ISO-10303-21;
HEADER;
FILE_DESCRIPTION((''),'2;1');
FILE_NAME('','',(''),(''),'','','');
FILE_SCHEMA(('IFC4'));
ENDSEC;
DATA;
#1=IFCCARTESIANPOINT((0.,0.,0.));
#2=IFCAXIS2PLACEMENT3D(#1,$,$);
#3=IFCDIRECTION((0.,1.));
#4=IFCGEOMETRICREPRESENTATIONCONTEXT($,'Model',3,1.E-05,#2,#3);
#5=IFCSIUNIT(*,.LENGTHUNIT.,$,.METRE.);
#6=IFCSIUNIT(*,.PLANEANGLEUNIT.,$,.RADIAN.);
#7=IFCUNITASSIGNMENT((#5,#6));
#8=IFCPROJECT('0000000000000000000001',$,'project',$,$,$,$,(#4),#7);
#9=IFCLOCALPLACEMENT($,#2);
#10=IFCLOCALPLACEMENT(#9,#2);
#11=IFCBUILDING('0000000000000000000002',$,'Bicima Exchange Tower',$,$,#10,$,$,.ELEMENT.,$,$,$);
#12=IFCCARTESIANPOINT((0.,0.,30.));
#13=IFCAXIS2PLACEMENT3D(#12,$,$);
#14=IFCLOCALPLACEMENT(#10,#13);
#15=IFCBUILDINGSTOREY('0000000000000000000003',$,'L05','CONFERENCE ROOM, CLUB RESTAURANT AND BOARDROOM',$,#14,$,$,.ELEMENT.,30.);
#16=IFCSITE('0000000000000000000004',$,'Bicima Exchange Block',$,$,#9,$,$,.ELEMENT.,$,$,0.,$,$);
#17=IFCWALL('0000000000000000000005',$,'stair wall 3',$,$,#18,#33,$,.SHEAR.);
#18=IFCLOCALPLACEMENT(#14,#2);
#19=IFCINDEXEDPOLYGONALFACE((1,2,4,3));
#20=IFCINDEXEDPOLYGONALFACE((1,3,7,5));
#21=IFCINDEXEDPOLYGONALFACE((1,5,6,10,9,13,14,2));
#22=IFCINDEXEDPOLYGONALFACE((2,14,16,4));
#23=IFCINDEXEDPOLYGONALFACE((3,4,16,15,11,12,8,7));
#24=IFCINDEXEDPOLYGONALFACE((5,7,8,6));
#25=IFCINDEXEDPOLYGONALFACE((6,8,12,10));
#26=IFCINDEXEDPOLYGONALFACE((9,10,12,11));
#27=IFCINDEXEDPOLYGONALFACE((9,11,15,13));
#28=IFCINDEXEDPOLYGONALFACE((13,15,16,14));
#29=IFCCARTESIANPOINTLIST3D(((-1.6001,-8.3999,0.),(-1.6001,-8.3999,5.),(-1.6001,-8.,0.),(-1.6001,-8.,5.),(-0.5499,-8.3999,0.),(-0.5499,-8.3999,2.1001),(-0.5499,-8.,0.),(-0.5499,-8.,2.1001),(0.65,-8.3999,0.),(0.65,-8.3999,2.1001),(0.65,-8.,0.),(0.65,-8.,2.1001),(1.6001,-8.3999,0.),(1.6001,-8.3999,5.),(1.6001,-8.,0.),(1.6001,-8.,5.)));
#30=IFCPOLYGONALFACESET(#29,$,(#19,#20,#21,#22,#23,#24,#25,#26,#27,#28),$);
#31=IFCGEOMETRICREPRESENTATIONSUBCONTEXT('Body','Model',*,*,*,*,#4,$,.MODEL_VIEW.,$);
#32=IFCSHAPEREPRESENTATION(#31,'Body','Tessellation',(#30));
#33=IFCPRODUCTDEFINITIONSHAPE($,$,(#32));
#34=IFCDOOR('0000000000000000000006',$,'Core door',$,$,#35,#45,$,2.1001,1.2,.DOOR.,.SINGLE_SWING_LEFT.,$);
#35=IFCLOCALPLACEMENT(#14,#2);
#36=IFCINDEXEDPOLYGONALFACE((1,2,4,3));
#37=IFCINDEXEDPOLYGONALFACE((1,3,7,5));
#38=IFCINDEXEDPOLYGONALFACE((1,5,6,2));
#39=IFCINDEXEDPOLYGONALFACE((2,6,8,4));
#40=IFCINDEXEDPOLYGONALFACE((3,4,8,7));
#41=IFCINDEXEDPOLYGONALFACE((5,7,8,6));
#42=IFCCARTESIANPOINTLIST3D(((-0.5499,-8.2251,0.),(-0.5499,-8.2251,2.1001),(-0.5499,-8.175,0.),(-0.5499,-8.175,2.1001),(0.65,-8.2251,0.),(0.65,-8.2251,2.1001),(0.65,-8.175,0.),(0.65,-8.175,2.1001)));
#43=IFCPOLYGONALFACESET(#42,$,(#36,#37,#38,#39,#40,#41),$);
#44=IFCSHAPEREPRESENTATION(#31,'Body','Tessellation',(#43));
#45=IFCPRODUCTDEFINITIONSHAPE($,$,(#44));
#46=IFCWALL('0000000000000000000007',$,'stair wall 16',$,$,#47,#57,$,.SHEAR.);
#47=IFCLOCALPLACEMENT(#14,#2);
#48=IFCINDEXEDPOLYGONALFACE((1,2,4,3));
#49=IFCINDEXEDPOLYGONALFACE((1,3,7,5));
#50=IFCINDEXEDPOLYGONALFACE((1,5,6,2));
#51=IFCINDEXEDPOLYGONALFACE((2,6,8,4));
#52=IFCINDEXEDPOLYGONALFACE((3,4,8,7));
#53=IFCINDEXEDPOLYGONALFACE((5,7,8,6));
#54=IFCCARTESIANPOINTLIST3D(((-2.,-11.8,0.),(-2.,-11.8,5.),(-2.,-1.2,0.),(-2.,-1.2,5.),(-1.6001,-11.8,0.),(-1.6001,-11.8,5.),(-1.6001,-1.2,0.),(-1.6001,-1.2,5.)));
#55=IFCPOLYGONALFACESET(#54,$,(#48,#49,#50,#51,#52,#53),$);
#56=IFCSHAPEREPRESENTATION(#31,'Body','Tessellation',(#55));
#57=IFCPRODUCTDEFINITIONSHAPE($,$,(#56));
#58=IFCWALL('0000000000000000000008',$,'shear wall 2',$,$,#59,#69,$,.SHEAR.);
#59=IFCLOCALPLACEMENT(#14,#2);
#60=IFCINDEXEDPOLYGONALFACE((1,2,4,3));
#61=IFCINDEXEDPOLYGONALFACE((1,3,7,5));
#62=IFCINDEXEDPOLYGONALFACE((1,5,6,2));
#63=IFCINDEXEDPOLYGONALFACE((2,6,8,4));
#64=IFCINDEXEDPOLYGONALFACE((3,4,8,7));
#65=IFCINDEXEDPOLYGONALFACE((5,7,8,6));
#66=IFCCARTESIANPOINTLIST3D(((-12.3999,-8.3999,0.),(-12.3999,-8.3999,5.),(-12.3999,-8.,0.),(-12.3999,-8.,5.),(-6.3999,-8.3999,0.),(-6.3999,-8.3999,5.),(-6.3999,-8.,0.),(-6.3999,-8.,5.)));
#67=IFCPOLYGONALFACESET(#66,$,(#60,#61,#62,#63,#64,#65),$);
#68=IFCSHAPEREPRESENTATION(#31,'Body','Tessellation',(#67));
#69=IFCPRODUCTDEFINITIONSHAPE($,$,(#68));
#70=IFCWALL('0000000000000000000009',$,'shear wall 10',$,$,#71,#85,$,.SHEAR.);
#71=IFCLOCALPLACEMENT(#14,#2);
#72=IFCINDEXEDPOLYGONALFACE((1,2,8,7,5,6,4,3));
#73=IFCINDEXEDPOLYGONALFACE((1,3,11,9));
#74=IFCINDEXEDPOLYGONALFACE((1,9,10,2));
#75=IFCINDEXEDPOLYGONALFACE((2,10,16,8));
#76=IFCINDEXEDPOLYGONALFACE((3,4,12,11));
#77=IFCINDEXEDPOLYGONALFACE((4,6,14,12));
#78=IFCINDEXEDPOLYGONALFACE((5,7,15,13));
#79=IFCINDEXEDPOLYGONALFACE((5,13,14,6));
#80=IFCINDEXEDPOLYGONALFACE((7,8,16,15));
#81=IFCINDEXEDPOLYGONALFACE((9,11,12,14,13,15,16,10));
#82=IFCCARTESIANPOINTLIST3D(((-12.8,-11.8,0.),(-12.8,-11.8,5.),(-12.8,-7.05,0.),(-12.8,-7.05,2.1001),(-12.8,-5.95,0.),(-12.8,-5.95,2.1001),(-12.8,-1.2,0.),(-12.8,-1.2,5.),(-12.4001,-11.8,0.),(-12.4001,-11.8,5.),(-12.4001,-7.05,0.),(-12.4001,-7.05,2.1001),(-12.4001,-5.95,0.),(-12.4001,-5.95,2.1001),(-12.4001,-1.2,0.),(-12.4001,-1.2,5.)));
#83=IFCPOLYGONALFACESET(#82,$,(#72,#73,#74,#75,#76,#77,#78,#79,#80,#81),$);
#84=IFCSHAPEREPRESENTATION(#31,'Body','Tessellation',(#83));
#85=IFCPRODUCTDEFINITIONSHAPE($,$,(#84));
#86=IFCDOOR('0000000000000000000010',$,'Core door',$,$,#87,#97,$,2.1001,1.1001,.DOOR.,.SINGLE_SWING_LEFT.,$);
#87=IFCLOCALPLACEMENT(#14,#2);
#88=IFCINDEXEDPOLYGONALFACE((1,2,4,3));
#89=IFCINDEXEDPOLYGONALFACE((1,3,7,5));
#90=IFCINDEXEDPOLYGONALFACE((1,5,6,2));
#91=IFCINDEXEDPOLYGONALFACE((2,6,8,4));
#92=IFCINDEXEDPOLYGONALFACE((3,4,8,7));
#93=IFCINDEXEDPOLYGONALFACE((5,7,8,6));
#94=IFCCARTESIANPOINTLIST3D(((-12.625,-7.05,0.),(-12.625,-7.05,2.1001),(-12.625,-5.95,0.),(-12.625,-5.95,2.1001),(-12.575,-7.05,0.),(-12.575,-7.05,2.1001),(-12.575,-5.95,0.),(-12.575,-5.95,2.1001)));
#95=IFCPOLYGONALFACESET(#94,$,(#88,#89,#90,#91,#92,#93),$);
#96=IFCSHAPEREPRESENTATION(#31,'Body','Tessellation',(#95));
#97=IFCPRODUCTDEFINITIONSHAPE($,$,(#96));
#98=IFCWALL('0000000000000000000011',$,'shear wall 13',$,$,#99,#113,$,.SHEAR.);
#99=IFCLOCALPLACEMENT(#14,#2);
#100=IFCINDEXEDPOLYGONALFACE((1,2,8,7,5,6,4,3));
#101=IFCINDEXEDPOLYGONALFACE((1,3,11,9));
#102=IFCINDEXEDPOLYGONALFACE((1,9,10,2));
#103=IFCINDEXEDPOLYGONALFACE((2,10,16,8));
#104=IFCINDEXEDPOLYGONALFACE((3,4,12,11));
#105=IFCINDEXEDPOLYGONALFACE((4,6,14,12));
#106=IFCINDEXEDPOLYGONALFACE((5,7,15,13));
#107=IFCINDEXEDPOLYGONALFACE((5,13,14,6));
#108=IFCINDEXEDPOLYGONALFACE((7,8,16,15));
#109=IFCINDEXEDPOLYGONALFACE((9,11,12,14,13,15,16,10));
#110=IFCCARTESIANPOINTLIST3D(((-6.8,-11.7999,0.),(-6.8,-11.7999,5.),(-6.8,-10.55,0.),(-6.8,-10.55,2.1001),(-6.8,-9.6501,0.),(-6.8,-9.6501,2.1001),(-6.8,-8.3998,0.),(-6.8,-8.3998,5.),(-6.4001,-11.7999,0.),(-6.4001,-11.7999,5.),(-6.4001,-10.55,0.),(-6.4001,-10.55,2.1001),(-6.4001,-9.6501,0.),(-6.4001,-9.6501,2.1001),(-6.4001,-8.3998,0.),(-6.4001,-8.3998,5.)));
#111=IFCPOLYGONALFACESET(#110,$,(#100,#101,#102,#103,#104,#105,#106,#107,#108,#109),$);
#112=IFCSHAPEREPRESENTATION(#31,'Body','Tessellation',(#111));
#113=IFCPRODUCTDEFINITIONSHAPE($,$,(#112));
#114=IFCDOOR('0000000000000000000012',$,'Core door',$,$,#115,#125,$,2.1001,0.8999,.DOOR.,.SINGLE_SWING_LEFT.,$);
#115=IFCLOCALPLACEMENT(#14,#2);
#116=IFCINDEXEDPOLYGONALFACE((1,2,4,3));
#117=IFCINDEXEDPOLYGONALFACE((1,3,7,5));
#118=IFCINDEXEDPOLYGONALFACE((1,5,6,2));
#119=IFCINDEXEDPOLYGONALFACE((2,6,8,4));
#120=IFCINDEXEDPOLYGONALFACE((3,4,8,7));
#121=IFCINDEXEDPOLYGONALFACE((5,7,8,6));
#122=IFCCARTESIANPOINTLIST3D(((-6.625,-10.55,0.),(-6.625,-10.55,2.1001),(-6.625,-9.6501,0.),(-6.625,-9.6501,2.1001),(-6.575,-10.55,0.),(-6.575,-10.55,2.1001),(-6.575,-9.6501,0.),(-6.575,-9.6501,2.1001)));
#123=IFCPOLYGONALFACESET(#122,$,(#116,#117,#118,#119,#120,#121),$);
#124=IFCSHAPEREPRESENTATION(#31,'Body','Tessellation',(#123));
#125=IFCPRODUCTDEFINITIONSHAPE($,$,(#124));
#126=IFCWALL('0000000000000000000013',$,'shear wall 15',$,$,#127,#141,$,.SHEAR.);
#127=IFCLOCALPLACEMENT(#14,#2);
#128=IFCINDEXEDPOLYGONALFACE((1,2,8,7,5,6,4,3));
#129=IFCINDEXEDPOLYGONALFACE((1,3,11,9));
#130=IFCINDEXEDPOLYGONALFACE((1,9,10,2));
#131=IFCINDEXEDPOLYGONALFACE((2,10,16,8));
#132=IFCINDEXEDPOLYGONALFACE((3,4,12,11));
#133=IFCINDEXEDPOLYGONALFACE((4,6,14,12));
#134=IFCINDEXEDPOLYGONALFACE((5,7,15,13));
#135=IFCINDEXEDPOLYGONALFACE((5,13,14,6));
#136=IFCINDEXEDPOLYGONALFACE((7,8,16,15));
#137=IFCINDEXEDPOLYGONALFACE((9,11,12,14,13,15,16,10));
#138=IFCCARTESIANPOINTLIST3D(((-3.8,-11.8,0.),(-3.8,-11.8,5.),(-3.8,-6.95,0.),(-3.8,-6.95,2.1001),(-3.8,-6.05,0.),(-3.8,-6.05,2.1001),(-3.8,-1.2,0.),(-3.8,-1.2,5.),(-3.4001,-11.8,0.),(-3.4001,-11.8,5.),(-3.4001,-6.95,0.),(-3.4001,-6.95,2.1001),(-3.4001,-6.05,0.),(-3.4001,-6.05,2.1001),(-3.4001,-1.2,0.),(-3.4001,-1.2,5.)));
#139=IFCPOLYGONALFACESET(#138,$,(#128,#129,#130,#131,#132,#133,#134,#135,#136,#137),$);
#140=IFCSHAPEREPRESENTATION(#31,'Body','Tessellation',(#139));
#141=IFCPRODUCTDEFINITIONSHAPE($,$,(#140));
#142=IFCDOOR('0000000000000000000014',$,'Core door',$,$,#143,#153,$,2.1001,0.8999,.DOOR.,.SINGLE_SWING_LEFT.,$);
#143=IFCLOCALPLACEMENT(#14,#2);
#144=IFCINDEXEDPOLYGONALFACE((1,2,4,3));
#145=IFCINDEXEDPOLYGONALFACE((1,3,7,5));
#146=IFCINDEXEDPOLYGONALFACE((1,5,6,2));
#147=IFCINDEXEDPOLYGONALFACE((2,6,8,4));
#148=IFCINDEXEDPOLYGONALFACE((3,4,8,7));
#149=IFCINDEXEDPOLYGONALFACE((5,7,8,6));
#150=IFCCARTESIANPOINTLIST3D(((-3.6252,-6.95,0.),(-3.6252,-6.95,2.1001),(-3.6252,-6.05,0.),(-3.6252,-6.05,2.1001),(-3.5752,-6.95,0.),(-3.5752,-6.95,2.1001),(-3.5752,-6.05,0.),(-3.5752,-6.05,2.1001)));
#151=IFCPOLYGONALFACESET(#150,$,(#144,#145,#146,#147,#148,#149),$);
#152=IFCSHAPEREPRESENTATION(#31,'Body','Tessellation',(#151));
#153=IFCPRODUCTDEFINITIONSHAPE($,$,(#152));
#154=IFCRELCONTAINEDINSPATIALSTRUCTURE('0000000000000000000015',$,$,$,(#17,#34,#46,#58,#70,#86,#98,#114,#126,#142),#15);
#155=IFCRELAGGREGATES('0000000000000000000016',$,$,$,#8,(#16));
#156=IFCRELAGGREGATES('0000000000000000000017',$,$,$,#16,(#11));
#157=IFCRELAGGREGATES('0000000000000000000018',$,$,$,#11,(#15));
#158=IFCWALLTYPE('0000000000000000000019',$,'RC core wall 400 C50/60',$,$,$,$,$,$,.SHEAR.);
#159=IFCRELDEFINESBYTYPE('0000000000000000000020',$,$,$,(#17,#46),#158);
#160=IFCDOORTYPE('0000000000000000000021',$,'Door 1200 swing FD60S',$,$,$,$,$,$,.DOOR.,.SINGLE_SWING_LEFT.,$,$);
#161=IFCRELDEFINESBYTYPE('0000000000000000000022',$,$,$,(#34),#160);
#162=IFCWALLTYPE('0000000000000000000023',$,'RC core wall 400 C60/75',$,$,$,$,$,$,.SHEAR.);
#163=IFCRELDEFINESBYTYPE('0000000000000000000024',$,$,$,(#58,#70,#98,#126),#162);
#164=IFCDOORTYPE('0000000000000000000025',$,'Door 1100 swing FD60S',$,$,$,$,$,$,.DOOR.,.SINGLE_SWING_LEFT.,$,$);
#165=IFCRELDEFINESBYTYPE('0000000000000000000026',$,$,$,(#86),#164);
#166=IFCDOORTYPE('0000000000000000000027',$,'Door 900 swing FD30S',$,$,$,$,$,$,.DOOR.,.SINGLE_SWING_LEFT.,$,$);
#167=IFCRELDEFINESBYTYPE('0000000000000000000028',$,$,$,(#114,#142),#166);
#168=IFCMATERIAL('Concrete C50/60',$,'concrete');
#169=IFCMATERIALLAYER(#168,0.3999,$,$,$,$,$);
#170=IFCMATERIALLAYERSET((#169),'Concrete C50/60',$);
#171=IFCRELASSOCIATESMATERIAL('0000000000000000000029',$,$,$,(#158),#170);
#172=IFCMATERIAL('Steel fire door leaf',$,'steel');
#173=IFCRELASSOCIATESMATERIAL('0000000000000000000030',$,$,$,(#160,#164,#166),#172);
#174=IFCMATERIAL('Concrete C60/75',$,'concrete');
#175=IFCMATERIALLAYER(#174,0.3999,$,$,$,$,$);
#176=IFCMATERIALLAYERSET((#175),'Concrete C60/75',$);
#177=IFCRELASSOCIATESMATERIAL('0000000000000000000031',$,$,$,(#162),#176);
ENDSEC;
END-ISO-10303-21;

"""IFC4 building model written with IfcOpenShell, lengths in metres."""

from ifc_helpers import new_model, si_unit, direction, frame, frame_2d, origin, place, context, subcontext, project, spatial, rectangle, extrude, material, layer, layer_set, type_object, element, fill, save


model = new_model("IFC4")

# Units and contexts
model_context = context("Model", 3, precision=1e-05, world=origin(), true_north=direction((0.0, 1.0)))
body_context = subcontext(model_context, "Body", "Model", "MODEL_VIEW")
ifc_project = project(units=[si_unit("LENGTHUNIT", "METRE"), si_unit("PLANEANGLEUNIT", "RADIAN")], contexts=[model_context])

# Site, building, storey
site_placement = place(None, origin())
site = spatial("IfcSite", under=ifc_project, at=site_placement, Name="Bicima Exchange Block", CompositionType="ELEMENT", RefElevation=0.0)
building_placement = place(site_placement, origin())
building = spatial("IfcBuilding", under=site, at=building_placement, Name="Bicima Exchange Tower", CompositionType="ELEMENT")
storey_placement = place(building_placement, frame((0.0, 0.0, 30.0)))
storey = spatial("IfcBuildingStorey", under=building, at=storey_placement, Name="L05", Description="CONFERENCE ROOM, CLUB RESTAURANT AND BOARDROOM", CompositionType="ELEMENT", Elevation=30.0)

# Shared definitions
ifc_material_1 = material(Name="Concrete C60/75", Category="concrete")

# Wall, opening, door
ifc_material_2 = material(Name="Concrete C50/60", Category="concrete")
ifc_layer_1 = layer(ifc_material_2, 0.3999)
ifc_layer_set_1 = layer_set([ifc_layer_1], Name="Concrete C50/60")
wall_type_1 = type_object("IfcWallType", Name="RC core wall 400 C50/60", PredefinedType="SHEAR", material=ifc_layer_set_1)
wall_1_placement = place(storey_placement, frame((-1.6001, -8.2, 0.0), z_axis=(0.0, 0.0, 1.0), x_axis=(1.0, 0.0, 0.0)))
wall_1 = element("IfcWall", 1, at=wall_1_placement, inside=storey, type_object=wall_type_1, Name="stair wall 3", PredefinedType="SHEAR", context=body_context, shape_type="SweptSolid", body=[
    extrude(rectangle(XDim=3.2002, YDim=0.3999, at=frame_2d((1.6001, 0.0))), origin(), (0.0, 0.0, 1.0), 5.0),
])
opening_1_placement = place(wall_1_placement, frame((1.05, 0.0, 0.0)))
opening_1 = element("IfcOpeningElement", 2, at=opening_1_placement, cuts=wall_1, PredefinedType="OPENING", context=body_context, shape_type="SweptSolid", body=[
    extrude(rectangle(XDim=1.2, YDim=2.1001, at=frame_2d((0.6001, 1.05))), frame((0.0, 0.2119, 0.0), z_axis=(0.0, -1.0, 0.0), x_axis=(1.0, 0.0, 0.0)), (0.0, 0.0, 1.0), 0.4238),
])
ifc_material_3 = material(Name="Steel fire door leaf", Category="steel")
door_type_1 = type_object("IfcDoorType", Name="Door 1200 swing FD60S", OperationType="SINGLE_SWING_LEFT", PredefinedType="DOOR", material=ifc_material_3)
door_1_placement = place(opening_1_placement, origin())
door_1 = element("IfcDoor", 3, at=door_1_placement, inside=storey, type_object=door_type_1, Name="Core door", OperationType="SINGLE_SWING_LEFT", OverallHeight=2.1001, OverallWidth=1.2, PredefinedType="DOOR", context=body_context, shape_type="SweptSolid", body=[
    extrude(rectangle(XDim=1.2, YDim=2.1001, at=frame_2d((0.6001, 1.05))), frame((0.0, 0.0249, 0.0), z_axis=(0.0, -1.0, 0.0), x_axis=(1.0, 0.0, 0.0)), (0.0, 0.0, 1.0), 0.05),
])
fill(opening_1, door_1)

# Walls
wall_2_placement = place(storey_placement, frame((-1.8, -11.8, 0.0), z_axis=(0.0, 0.0, 1.0), x_axis=(0.0, 1.0, 0.0)))
element("IfcWall", 4, at=wall_2_placement, inside=storey, type_object=wall_type_1, Name="stair wall 16", PredefinedType="SHEAR", context=body_context, shape_type="SweptSolid", body=[
    extrude(rectangle(XDim=10.6001, YDim=0.3999, at=frame_2d((5.3, 0.0))), origin(), (0.0, 0.0, 1.0), 5.0),
])
ifc_layer_2 = layer(ifc_material_1, 0.3999)
ifc_layer_set_2 = layer_set([ifc_layer_2], Name="Concrete C60/75")
wall_type_2 = type_object("IfcWallType", Name="RC core wall 400 C60/75", PredefinedType="SHEAR", material=ifc_layer_set_2)
wall_3_placement = place(storey_placement, frame((-12.3999, -8.2, 0.0), z_axis=(0.0, 0.0, 1.0), x_axis=(1.0, 0.0, 0.0)))
element("IfcWall", 5, at=wall_3_placement, inside=storey, type_object=wall_type_2, Name="shear wall 2", PredefinedType="SHEAR", context=body_context, shape_type="SweptSolid", body=[
    extrude(rectangle(XDim=6.0, YDim=0.3999, at=frame_2d((3.0, 0.0))), origin(), (0.0, 0.0, 1.0), 5.0),
])

# Walls, openings, doors
wall_4_placement = place(storey_placement, frame((-12.6001, -11.8, 0.0), z_axis=(0.0, 0.0, 1.0), x_axis=(0.0, 1.0, 0.0)))
wall_4 = element("IfcWall", 6, at=wall_4_placement, inside=storey, type_object=wall_type_2, Name="shear wall 10", PredefinedType="SHEAR", context=body_context, shape_type="SweptSolid", body=[
    extrude(rectangle(XDim=10.6001, YDim=0.3999, at=frame_2d((5.3, 0.0))), origin(), (0.0, 0.0, 1.0), 5.0),
])
opening_2_placement = place(wall_4_placement, frame((4.75, 0.0, 0.0)))
opening_2 = element("IfcOpeningElement", 7, at=opening_2_placement, cuts=wall_4, PredefinedType="OPENING", context=body_context, shape_type="SweptSolid", body=[
    extrude(rectangle(XDim=1.1001, YDim=2.1001, at=frame_2d((0.55, 1.05))), frame((0.0, 0.2119, 0.0), z_axis=(0.0, -1.0, 0.0), x_axis=(1.0, 0.0, 0.0)), (0.0, 0.0, 1.0), 0.4238),
])
door_type_2 = type_object("IfcDoorType", Name="Door 1100 swing FD60S", OperationType="SINGLE_SWING_LEFT", PredefinedType="DOOR", material=ifc_material_3)
door_2_placement = place(opening_2_placement, origin())
door_2 = element("IfcDoor", 8, at=door_2_placement, inside=storey, type_object=door_type_2, Name="Core door", OperationType="SINGLE_SWING_LEFT", OverallHeight=2.1001, OverallWidth=1.1001, PredefinedType="DOOR", context=body_context, shape_type="SweptSolid", body=[
    extrude(rectangle(XDim=1.1001, YDim=2.1001, at=frame_2d((0.55, 1.05))), frame((0.0, 0.0249, 0.0), z_axis=(0.0, -1.0, 0.0), x_axis=(1.0, 0.0, 0.0)), (0.0, 0.0, 1.0), 0.05),
])
fill(opening_2, door_2)
wall_5_placement = place(storey_placement, frame((-6.6001, -11.8, 0.0), z_axis=(0.0, 0.0, 1.0), x_axis=(0.0, 1.0, 0.0)))
wall_5 = element("IfcWall", 9, at=wall_5_placement, inside=storey, type_object=wall_type_2, Name="shear wall 13", PredefinedType="SHEAR", context=body_context, shape_type="SweptSolid", body=[
    extrude(rectangle(XDim=3.4001, YDim=0.3999, at=frame_2d((1.7002, 0.0))), origin(), (0.0, 0.0, 1.0), 5.0),
])
opening_3_placement = place(wall_5_placement, frame((1.25, 0.0, 0.0)))
opening_3 = element("IfcOpeningElement", 10, at=opening_3_placement, cuts=wall_5, PredefinedType="OPENING", context=body_context, shape_type="SweptSolid", body=[
    extrude(rectangle(XDim=0.8999, YDim=2.1001, at=frame_2d((0.45, 1.05))), frame((0.0, 0.2119, 0.0), z_axis=(0.0, -1.0, 0.0), x_axis=(1.0, 0.0, 0.0)), (0.0, 0.0, 1.0), 0.4238),
])
door_type_3 = type_object("IfcDoorType", Name="Door 900 swing FD30S", OperationType="SINGLE_SWING_LEFT", PredefinedType="DOOR", material=ifc_material_3)
door_3_placement = place(opening_3_placement, origin())
door_3 = element("IfcDoor", 11, at=door_3_placement, inside=storey, type_object=door_type_3, Name="Core door", OperationType="SINGLE_SWING_LEFT", OverallHeight=2.1001, OverallWidth=0.8999, PredefinedType="DOOR", context=body_context, shape_type="SweptSolid", body=[
    extrude(rectangle(XDim=0.8999, YDim=2.1001, at=frame_2d((0.45, 1.05))), frame((0.0, 0.0249, 0.0), z_axis=(0.0, -1.0, 0.0), x_axis=(1.0, 0.0, 0.0)), (0.0, 0.0, 1.0), 0.05),
])
fill(opening_3, door_3)
wall_6_placement = place(storey_placement, frame((-3.6001, -11.8, 0.0), z_axis=(0.0, 0.0, 1.0), x_axis=(0.0, 1.0, 0.0)))
wall_6 = element("IfcWall", 12, at=wall_6_placement, inside=storey, type_object=wall_type_2, Name="shear wall 15", PredefinedType="SHEAR", context=body_context, shape_type="SweptSolid", body=[
    extrude(rectangle(XDim=10.6001, YDim=0.3999, at=frame_2d((5.3, 0.0))), origin(), (0.0, 0.0, 1.0), 5.0),
])
opening_4_placement = place(wall_6_placement, frame((4.8501, 0.0, 0.0)))
opening_4 = element("IfcOpeningElement", 13, at=opening_4_placement, cuts=wall_6, PredefinedType="OPENING", context=body_context, shape_type="SweptSolid", body=[
    extrude(rectangle(XDim=0.8999, YDim=2.1001, at=frame_2d((0.45, 1.05))), frame((0.0, 0.2119, 0.0), z_axis=(0.0, -1.0, 0.0), x_axis=(1.0, 0.0, 0.0)), (0.0, 0.0, 1.0), 0.4238),
])
door_4_placement = place(opening_4_placement, frame((0.8999, 0.0, 0.0), z_axis=(0.0, 0.0, 1.0), x_axis=(-1.0, 0.0, 0.0)))
door_4 = element("IfcDoor", 14, at=door_4_placement, inside=storey, type_object=door_type_3, Name="Core door", OperationType="SINGLE_SWING_LEFT", OverallHeight=2.1001, OverallWidth=0.8999, PredefinedType="DOOR", context=body_context, shape_type="SweptSolid", body=[
    extrude(rectangle(XDim=0.8999, YDim=2.1001, at=frame_2d((0.45, 1.05))), frame((0.0, 0.0249, 0.0), z_axis=(0.0, -1.0, 0.0), x_axis=(1.0, 0.0, 0.0)), (0.0, 0.0, 1.0), 0.05),
])
fill(opening_4, door_4)

save(model, "model.ifc")
